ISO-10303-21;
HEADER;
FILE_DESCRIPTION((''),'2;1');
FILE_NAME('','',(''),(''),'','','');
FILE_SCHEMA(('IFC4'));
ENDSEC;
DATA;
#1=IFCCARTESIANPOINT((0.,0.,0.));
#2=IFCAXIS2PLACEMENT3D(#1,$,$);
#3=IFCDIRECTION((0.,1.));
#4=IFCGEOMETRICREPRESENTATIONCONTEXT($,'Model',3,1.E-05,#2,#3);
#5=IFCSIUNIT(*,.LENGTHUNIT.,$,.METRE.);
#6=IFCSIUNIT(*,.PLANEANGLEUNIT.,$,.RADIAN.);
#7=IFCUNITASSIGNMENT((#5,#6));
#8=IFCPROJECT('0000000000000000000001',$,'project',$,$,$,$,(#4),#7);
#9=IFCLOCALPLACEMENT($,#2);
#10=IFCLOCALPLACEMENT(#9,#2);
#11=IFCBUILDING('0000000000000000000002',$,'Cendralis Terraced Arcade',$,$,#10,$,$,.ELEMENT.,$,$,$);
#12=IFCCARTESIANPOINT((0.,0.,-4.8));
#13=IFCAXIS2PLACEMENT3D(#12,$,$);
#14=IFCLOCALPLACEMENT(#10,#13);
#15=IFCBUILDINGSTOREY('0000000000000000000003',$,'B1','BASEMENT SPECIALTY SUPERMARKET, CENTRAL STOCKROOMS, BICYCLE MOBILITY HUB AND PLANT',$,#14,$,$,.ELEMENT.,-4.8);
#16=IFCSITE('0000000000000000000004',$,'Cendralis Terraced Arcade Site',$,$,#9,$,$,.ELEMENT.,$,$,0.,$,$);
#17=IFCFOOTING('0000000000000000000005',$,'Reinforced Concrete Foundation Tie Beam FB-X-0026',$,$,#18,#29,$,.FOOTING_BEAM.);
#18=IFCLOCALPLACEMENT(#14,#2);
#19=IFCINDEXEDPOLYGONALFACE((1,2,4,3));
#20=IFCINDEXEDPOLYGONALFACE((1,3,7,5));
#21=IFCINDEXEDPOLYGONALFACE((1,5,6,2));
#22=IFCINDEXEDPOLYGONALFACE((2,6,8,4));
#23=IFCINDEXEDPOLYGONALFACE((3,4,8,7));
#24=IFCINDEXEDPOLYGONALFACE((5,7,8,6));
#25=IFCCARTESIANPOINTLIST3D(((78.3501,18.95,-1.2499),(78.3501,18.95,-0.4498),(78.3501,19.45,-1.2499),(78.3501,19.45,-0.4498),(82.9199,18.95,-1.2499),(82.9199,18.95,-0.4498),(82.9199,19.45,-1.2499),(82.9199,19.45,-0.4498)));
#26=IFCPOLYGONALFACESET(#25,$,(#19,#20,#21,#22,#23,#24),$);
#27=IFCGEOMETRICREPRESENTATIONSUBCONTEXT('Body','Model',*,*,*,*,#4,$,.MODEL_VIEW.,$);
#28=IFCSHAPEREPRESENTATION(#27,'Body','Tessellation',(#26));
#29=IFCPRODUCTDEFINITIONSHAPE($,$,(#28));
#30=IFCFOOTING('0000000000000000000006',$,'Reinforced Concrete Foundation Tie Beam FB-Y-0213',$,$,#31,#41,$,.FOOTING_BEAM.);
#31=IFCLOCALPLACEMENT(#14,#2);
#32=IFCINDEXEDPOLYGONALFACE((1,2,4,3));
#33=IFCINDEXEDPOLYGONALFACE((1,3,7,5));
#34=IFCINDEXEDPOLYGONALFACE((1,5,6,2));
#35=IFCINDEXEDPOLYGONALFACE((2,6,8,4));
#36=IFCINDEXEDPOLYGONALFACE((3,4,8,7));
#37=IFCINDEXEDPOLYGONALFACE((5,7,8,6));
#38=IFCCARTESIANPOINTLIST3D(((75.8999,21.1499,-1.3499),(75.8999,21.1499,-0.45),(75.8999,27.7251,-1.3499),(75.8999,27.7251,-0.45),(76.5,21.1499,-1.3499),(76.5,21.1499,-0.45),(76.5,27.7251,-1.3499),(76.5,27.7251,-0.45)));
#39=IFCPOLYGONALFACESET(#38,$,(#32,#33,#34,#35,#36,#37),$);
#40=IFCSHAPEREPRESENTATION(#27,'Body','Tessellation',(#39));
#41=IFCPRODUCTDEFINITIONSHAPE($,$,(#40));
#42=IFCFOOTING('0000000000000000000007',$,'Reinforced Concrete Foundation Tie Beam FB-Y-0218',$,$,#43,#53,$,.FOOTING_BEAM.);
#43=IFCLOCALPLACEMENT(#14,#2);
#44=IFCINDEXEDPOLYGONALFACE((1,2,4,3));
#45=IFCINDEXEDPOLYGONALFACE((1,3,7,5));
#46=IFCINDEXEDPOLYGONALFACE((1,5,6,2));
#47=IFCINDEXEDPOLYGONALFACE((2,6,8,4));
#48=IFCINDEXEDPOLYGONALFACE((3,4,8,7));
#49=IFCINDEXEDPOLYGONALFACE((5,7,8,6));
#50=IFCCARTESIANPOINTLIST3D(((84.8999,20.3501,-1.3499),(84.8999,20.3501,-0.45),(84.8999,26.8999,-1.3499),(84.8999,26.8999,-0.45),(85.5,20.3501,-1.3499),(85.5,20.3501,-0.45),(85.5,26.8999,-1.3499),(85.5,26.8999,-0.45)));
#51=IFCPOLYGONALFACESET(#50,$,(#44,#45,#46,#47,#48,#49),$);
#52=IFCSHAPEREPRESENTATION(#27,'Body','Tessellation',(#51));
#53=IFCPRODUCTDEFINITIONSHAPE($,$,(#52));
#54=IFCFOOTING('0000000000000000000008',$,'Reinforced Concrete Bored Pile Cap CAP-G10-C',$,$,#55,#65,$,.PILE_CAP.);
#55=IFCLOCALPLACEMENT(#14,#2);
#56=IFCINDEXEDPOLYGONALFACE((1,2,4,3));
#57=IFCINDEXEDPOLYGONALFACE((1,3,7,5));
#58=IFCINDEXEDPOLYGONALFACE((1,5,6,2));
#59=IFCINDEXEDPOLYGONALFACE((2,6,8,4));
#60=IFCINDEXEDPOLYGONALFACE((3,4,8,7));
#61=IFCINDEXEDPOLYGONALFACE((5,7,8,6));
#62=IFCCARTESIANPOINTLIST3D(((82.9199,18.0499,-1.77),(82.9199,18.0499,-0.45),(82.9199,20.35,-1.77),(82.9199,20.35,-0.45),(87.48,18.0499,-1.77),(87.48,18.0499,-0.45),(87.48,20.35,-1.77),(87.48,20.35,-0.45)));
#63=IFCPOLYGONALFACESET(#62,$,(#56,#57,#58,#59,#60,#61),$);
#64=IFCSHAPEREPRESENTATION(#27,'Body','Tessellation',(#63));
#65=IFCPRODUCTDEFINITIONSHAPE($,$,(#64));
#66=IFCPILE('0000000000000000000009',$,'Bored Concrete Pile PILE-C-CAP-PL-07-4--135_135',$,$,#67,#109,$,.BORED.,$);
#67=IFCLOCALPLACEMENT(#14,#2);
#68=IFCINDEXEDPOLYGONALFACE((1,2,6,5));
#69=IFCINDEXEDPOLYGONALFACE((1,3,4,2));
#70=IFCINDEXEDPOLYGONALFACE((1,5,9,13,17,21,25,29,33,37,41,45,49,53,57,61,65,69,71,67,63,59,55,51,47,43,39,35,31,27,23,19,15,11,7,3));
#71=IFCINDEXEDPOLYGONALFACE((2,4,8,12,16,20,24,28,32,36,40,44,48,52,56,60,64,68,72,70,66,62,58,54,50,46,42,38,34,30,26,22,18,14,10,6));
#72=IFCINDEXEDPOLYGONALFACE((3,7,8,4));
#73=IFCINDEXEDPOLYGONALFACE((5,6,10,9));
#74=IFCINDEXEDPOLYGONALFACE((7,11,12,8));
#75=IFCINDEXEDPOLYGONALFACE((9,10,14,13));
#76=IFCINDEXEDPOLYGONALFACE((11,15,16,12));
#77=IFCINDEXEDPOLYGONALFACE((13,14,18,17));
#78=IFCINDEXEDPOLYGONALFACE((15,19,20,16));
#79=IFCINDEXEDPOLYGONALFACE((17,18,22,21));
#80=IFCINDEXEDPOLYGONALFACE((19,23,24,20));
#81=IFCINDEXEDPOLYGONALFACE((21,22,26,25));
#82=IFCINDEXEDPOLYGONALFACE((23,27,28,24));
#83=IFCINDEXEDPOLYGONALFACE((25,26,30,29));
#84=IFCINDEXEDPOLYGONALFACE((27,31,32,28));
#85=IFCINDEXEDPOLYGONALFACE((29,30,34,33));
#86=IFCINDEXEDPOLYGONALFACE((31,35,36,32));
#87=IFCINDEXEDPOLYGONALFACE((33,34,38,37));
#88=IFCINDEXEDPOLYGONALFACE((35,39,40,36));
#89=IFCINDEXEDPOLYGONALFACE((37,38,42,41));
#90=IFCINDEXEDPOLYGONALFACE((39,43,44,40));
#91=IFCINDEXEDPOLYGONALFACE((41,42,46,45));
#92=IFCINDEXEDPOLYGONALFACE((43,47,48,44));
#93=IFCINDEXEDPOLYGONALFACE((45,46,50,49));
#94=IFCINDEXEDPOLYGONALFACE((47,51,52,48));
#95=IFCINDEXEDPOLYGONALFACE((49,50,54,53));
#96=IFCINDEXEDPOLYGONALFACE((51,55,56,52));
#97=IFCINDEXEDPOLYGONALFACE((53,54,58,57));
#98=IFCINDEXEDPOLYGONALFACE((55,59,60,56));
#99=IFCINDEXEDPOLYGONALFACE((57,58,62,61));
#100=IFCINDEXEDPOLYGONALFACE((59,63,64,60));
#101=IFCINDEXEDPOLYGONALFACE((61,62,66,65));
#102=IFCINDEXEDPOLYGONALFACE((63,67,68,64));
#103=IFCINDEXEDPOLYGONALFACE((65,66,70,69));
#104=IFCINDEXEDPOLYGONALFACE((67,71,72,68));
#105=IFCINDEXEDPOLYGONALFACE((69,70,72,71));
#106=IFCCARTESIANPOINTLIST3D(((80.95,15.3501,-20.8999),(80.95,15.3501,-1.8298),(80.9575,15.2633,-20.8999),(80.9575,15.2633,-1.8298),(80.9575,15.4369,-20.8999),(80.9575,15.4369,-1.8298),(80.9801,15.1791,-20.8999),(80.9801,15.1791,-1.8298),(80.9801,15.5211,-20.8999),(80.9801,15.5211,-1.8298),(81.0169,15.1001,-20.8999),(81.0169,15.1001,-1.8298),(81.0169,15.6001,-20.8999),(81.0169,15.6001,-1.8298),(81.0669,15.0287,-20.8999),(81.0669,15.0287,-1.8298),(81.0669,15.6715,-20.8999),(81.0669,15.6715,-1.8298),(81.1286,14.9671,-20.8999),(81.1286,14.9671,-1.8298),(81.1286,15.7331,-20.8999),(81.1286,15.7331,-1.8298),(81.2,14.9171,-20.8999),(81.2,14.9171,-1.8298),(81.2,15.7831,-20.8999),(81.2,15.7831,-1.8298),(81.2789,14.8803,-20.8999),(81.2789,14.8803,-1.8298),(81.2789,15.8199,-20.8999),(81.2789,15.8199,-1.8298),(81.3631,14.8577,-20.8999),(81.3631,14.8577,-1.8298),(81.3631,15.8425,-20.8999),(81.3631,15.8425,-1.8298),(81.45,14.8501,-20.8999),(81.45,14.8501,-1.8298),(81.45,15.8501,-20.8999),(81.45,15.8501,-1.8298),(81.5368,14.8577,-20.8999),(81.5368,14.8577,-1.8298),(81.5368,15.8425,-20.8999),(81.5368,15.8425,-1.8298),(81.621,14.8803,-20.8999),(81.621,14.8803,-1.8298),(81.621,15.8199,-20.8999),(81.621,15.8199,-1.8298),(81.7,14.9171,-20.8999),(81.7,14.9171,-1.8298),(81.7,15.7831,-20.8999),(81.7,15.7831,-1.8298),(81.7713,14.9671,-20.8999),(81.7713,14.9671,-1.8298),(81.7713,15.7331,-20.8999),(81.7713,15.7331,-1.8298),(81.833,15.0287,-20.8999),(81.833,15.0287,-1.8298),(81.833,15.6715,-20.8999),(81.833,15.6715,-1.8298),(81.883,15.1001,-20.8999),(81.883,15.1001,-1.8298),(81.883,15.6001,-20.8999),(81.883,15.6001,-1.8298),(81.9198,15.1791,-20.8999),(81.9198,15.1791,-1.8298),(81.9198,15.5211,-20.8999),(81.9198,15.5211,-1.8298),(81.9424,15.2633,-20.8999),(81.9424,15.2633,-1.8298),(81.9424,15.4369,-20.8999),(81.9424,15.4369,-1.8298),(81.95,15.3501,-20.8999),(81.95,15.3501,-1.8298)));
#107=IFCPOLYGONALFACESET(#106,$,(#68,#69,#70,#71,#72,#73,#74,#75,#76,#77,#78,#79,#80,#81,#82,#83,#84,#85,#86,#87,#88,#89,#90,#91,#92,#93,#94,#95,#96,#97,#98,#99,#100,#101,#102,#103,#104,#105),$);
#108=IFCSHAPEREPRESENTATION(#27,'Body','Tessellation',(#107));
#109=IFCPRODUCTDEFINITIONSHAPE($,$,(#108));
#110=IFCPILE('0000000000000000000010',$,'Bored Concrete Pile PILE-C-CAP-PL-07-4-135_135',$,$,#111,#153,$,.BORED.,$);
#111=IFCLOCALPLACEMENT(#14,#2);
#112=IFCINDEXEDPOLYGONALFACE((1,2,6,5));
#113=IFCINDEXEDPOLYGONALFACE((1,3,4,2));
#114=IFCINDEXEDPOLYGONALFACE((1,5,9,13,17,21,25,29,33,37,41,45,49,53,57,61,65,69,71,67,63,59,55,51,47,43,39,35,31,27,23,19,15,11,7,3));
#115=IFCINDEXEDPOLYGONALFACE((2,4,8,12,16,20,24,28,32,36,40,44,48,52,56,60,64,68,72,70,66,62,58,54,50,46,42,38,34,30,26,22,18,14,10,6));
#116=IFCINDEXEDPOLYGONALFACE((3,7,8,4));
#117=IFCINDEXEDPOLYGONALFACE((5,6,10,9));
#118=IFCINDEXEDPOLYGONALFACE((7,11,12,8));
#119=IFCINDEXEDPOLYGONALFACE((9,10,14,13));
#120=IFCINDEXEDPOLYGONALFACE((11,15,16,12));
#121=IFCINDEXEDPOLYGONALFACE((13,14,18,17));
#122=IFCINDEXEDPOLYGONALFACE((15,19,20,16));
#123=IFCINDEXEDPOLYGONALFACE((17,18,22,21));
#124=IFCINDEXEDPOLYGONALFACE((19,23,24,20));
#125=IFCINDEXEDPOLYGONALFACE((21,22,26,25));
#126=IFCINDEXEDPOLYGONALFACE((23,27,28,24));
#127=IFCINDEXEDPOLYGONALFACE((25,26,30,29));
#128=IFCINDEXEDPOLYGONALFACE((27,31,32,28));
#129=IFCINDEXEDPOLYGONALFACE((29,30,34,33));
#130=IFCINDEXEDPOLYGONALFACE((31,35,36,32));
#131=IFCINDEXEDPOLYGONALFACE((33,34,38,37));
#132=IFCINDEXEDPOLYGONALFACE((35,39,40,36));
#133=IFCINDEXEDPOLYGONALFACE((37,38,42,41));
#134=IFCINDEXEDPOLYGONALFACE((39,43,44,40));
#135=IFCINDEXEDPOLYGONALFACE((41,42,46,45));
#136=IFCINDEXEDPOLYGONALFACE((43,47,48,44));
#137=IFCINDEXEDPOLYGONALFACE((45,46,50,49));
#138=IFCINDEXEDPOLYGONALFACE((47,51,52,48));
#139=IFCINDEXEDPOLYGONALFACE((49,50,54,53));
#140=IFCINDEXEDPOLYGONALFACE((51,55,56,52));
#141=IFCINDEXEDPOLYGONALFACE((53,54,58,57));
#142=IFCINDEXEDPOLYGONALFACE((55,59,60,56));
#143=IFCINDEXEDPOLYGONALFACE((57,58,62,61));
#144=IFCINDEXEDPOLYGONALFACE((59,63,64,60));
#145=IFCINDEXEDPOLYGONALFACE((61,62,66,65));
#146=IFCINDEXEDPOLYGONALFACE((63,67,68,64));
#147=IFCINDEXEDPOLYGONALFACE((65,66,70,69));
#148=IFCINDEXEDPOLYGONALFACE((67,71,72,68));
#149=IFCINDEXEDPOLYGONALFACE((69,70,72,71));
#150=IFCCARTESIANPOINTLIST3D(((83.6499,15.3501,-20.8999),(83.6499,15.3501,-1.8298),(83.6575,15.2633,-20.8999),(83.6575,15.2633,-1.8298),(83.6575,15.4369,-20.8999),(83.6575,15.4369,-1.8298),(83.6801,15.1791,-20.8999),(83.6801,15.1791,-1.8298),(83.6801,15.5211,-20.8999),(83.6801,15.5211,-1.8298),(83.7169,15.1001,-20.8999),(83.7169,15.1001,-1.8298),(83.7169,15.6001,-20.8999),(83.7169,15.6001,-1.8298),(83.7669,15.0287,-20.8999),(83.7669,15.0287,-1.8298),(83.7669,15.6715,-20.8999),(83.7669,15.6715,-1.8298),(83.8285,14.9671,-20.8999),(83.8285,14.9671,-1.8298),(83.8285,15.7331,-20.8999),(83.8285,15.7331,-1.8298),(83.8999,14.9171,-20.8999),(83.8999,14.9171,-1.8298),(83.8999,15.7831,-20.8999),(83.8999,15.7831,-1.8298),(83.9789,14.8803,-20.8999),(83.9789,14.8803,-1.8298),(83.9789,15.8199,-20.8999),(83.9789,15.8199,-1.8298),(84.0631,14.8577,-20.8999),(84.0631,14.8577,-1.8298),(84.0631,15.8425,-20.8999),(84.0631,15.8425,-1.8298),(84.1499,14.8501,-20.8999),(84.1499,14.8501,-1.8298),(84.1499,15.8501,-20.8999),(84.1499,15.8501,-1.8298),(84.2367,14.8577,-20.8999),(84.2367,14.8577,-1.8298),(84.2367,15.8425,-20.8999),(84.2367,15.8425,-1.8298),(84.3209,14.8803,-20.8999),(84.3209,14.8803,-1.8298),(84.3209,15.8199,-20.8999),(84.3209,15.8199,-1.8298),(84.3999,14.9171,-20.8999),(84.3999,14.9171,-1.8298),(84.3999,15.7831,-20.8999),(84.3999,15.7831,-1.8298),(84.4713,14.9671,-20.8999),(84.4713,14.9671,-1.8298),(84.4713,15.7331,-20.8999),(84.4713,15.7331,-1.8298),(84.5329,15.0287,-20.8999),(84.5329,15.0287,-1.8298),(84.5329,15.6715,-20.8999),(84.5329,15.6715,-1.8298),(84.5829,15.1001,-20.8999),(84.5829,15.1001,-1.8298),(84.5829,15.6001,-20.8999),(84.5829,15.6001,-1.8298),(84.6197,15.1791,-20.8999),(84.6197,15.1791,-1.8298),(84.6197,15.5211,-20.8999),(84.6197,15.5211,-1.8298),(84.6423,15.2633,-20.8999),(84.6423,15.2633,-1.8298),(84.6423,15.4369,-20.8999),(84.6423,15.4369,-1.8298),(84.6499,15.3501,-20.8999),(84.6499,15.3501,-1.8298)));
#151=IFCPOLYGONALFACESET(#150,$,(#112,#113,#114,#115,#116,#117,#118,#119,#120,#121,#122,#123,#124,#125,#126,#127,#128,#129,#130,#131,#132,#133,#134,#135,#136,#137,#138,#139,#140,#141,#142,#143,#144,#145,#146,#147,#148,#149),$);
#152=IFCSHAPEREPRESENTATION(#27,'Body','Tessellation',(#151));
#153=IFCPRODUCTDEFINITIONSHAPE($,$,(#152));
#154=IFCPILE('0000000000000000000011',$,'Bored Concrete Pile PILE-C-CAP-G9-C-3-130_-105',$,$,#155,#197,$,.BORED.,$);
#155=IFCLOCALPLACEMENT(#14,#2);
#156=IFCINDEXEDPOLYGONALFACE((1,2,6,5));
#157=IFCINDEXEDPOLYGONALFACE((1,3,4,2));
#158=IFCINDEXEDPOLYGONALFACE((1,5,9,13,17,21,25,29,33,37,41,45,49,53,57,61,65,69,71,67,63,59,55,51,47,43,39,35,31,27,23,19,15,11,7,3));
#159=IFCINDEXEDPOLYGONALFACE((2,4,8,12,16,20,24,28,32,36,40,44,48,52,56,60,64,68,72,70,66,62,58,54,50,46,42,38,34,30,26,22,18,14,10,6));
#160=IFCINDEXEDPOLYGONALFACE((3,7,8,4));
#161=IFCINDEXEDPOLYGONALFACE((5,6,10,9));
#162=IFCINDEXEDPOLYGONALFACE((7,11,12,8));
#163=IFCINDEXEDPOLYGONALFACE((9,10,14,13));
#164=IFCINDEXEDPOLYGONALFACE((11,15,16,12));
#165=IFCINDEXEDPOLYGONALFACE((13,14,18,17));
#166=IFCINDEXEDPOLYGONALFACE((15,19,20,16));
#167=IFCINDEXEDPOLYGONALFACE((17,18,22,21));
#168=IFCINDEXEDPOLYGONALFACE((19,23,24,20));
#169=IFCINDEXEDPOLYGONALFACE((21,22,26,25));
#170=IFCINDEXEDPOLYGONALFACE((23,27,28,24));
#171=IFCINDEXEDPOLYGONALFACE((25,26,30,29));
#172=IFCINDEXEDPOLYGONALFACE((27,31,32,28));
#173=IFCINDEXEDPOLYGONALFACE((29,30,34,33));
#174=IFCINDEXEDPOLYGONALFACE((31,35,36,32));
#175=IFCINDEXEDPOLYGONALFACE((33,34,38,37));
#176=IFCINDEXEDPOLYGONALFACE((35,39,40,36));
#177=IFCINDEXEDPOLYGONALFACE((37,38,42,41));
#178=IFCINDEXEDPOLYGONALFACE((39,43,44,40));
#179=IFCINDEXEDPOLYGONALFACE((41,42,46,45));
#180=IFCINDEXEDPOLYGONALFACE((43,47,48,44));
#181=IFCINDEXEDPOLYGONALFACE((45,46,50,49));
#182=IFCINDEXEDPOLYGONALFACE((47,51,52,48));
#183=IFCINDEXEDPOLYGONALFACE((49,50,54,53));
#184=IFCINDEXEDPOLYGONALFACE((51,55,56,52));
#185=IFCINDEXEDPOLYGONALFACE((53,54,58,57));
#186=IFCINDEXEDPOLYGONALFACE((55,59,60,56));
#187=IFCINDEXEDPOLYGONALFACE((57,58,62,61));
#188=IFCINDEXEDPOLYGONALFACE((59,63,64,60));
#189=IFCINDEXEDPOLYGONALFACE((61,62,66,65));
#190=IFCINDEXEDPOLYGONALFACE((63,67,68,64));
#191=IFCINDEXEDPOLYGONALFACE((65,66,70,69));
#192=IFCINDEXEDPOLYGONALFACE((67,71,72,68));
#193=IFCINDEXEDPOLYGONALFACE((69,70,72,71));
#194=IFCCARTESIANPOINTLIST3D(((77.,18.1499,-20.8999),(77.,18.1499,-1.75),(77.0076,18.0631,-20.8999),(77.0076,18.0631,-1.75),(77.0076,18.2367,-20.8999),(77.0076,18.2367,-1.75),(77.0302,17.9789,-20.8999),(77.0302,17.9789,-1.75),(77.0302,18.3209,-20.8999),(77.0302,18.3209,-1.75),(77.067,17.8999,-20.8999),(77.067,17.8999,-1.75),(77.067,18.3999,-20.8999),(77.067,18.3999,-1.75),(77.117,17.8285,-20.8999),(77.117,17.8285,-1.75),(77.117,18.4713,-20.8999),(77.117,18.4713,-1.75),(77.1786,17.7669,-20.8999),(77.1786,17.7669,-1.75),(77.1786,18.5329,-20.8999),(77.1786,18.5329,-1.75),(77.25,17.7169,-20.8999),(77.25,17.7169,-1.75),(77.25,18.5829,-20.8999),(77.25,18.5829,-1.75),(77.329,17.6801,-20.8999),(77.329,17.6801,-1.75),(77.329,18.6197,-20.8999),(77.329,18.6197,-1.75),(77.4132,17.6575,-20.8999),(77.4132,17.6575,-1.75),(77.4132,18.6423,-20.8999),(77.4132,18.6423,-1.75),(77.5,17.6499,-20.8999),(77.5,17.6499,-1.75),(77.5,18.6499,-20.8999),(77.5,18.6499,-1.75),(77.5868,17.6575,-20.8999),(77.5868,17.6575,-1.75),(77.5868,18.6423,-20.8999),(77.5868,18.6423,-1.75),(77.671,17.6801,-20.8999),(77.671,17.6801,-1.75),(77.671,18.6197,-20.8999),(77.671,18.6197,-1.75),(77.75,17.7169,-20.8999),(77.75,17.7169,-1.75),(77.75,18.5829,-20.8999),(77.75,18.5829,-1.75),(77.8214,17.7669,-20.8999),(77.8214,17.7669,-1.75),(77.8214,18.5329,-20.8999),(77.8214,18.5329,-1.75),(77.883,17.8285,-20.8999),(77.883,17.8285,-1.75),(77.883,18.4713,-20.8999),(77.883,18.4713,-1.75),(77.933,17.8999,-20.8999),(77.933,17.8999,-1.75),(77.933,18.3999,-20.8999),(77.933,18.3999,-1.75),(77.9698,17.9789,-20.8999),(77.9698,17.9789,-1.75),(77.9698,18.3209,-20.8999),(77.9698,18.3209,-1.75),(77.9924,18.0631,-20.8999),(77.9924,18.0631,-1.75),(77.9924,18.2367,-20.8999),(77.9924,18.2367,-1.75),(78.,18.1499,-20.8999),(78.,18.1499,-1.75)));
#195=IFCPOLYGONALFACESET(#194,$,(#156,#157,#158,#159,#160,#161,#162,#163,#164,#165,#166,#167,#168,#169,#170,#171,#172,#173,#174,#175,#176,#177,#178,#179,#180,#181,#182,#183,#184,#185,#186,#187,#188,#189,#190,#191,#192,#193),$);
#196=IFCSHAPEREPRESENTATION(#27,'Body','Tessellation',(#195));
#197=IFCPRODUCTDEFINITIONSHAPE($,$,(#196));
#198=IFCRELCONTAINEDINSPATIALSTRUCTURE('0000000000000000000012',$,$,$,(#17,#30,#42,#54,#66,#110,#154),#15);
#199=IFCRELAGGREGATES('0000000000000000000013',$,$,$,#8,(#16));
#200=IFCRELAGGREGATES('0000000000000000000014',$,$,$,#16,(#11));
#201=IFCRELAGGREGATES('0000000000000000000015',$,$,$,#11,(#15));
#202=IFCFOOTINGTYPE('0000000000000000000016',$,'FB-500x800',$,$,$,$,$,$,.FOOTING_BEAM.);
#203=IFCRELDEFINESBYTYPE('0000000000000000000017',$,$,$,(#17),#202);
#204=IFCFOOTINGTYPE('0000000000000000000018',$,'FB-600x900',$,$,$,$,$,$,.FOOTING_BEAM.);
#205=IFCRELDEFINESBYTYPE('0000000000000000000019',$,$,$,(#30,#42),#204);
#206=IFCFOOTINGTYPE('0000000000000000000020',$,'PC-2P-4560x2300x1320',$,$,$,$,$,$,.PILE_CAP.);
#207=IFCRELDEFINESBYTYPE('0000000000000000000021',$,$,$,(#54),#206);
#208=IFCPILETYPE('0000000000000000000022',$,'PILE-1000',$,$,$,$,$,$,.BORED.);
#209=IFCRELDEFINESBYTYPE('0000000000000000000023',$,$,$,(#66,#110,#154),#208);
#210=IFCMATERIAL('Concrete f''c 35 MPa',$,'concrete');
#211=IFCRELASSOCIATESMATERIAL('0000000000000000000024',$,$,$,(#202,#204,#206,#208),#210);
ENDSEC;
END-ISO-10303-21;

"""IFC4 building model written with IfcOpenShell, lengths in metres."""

from ifc_helpers import new_model, si_unit, direction, frame, origin, origin_2d, place, context, subcontext, project, spatial, rectangle, circle, extrude, material, material_profile, profile_set, type_object, element, save


model = new_model("IFC4")

# Units and contexts
model_context = context("Model", 3, precision=1e-05, world=origin(), true_north=direction((0.0, 1.0)))
body_context = subcontext(model_context, "Body", "Model", "MODEL_VIEW")
ifc_project = project(units=[si_unit("LENGTHUNIT", "METRE"), si_unit("PLANEANGLEUNIT", "RADIAN")], contexts=[model_context])

# Site, building, storey
site_placement = place(None, origin())
site = spatial("IfcSite", under=ifc_project, at=site_placement, Name="Cendralis Terraced Arcade Site", CompositionType="ELEMENT", RefElevation=0.0)
building_placement = place(site_placement, origin())
building = spatial("IfcBuilding", under=site, at=building_placement, Name="Cendralis Terraced Arcade", CompositionType="ELEMENT")
storey_placement = place(building_placement, frame((0.0, 0.0, -4.8)))
storey = spatial("IfcBuildingStorey", under=building, at=storey_placement, Name="B1", Description="BASEMENT SPECIALTY SUPERMARKET, CENTRAL STOCKROOMS, BICYCLE MOBILITY HUB AND PLANT", CompositionType="ELEMENT", Elevation=-4.8)

# Footings
ifc_material_1 = material(Name="Concrete f'c 35 MPa", Category="concrete")
ifc_material_profile_1 = material_profile(ifc_material_1, rectangle(XDim=0.5, YDim=0.8, at=origin_2d()), Name="FB-500x800", Category="LoadBearing")
ifc_profile_set_1 = profile_set([ifc_material_profile_1], Name="Concrete f'c 35 MPa")
footing_type_1 = type_object("IfcFootingType", Name="FB-500x800", PredefinedType="FOOTING_BEAM", material=ifc_profile_set_1)
footing_1_placement = place(storey_placement, frame((78.3501, 19.2, -0.8499), z_axis=(1.0, 0.0, 0.0), x_axis=(0.0, 1.0, 0.0)))
element("IfcFooting", 1, at=footing_1_placement, inside=storey, type_object=footing_type_1, Name="Reinforced Concrete Foundation Tie Beam FB-X-0026", PredefinedType="FOOTING_BEAM", context=body_context, shape_type="SweptSolid", body=[
    extrude(rectangle(XDim=0.5, YDim=0.8, at=origin_2d()), origin(), (0.0, 0.0, 1.0), 4.5698),
])
ifc_material_profile_2 = material_profile(ifc_material_1, rectangle(XDim=0.6001, YDim=0.8999, at=origin_2d()), Name="FB-600x900", Category="LoadBearing")
ifc_profile_set_2 = profile_set([ifc_material_profile_2], Name="Concrete f'c 35 MPa")
footing_type_2 = type_object("IfcFootingType", Name="FB-600x900", PredefinedType="FOOTING_BEAM", material=ifc_profile_set_2)
footing_2_placement = place(storey_placement, frame((76.2, 21.1499, -0.8999), z_axis=(0.0, 1.0, 0.0), x_axis=(-1.0, 0.0, 0.0)))
element("IfcFooting", 2, at=footing_2_placement, inside=storey, type_object=footing_type_2, Name="Reinforced Concrete Foundation Tie Beam FB-Y-0213", PredefinedType="FOOTING_BEAM", context=body_context, shape_type="SweptSolid", body=[
    extrude(rectangle(XDim=0.6001, YDim=0.8999, at=origin_2d()), origin(), (0.0, 0.0, 1.0), 6.5752),
])
footing_3_placement = place(storey_placement, frame((85.2, 20.3501, -0.8999), z_axis=(0.0, 1.0, 0.0), x_axis=(-1.0, 0.0, 0.0)))
element("IfcFooting", 3, at=footing_3_placement, inside=storey, type_object=footing_type_2, Name="Reinforced Concrete Foundation Tie Beam FB-Y-0218", PredefinedType="FOOTING_BEAM", context=body_context, shape_type="SweptSolid", body=[
    extrude(rectangle(XDim=0.6001, YDim=0.8999, at=origin_2d()), origin(), (0.0, 0.0, 1.0), 6.5498),
])
footing_type_3 = type_object("IfcFootingType", Name="PC-2P-4560x2300x1320", PredefinedType="PILE_CAP", material=ifc_material_1)
footing_4_placement = place(storey_placement, frame((85.2, 19.2, -1.77), z_axis=(0.0, 0.0, 1.0), x_axis=(1.0, 0.0, 0.0)))
element("IfcFooting", 4, at=footing_4_placement, inside=storey, type_object=footing_type_3, Name="Reinforced Concrete Bored Pile Cap CAP-G10-C", PredefinedType="PILE_CAP", context=body_context, shape_type="SweptSolid", body=[
    extrude(rectangle(XDim=4.5601, YDim=2.3, at=origin_2d()), origin(), (0.0, 0.0, 1.0), 1.3201),
])

# Piles
ifc_material_profile_3 = material_profile(ifc_material_1, circle(Radius=0.5, at=origin_2d()), Name="PILE-D1000", Category="LoadBearing")
ifc_profile_set_3 = profile_set([ifc_material_profile_3], Name="Concrete f'c 35 MPa")
pile_type_1 = type_object("IfcPileType", Name="PILE-1000", PredefinedType="BORED", material=ifc_profile_set_3)
for number, where, z_axis, x_axis, name in (
    (5, (81.45, 15.3501, -1.8298), (0.0, 0.0, -1.0), (1.0, 0.0, 0.0), "Bored Concrete Pile PILE-C-CAP-PL-07-4--135_135"),
    (6, (84.1499, 15.3501, -1.8298), (0.0, 0.0, -1.0), (1.0, 0.0, 0.0), "Bored Concrete Pile PILE-C-CAP-PL-07-4-135_135"),
):
    element("IfcPile", number, at=place(storey_placement, frame(where, z_axis=z_axis, x_axis=x_axis)), inside=storey, type_object=pile_type_1, Name=name, PredefinedType="BORED", context=body_context, shape_type="SweptSolid", body=[
        extrude(circle(Radius=0.5, at=origin_2d()), origin(), (0.0, 0.0, 1.0), 19.0701),
    ])
for number, where, z_axis, x_axis, name in (
    (7, (77.5, 18.1499, -1.75), (0.0, 0.0, -1.0), (1.0, 0.0, 0.0), "Bored Concrete Pile PILE-C-CAP-G9-C-3-130_-105"),
):
    element("IfcPile", number, at=place(storey_placement, frame(where, z_axis=z_axis, x_axis=x_axis)), inside=storey, type_object=pile_type_1, Name=name, PredefinedType="BORED", context=body_context, shape_type="SweptSolid", body=[
        extrude(circle(Radius=0.5, at=origin_2d()), origin(), (0.0, 0.0, 1.0), 19.1499),
    ])

save(model, "model.ifc")
